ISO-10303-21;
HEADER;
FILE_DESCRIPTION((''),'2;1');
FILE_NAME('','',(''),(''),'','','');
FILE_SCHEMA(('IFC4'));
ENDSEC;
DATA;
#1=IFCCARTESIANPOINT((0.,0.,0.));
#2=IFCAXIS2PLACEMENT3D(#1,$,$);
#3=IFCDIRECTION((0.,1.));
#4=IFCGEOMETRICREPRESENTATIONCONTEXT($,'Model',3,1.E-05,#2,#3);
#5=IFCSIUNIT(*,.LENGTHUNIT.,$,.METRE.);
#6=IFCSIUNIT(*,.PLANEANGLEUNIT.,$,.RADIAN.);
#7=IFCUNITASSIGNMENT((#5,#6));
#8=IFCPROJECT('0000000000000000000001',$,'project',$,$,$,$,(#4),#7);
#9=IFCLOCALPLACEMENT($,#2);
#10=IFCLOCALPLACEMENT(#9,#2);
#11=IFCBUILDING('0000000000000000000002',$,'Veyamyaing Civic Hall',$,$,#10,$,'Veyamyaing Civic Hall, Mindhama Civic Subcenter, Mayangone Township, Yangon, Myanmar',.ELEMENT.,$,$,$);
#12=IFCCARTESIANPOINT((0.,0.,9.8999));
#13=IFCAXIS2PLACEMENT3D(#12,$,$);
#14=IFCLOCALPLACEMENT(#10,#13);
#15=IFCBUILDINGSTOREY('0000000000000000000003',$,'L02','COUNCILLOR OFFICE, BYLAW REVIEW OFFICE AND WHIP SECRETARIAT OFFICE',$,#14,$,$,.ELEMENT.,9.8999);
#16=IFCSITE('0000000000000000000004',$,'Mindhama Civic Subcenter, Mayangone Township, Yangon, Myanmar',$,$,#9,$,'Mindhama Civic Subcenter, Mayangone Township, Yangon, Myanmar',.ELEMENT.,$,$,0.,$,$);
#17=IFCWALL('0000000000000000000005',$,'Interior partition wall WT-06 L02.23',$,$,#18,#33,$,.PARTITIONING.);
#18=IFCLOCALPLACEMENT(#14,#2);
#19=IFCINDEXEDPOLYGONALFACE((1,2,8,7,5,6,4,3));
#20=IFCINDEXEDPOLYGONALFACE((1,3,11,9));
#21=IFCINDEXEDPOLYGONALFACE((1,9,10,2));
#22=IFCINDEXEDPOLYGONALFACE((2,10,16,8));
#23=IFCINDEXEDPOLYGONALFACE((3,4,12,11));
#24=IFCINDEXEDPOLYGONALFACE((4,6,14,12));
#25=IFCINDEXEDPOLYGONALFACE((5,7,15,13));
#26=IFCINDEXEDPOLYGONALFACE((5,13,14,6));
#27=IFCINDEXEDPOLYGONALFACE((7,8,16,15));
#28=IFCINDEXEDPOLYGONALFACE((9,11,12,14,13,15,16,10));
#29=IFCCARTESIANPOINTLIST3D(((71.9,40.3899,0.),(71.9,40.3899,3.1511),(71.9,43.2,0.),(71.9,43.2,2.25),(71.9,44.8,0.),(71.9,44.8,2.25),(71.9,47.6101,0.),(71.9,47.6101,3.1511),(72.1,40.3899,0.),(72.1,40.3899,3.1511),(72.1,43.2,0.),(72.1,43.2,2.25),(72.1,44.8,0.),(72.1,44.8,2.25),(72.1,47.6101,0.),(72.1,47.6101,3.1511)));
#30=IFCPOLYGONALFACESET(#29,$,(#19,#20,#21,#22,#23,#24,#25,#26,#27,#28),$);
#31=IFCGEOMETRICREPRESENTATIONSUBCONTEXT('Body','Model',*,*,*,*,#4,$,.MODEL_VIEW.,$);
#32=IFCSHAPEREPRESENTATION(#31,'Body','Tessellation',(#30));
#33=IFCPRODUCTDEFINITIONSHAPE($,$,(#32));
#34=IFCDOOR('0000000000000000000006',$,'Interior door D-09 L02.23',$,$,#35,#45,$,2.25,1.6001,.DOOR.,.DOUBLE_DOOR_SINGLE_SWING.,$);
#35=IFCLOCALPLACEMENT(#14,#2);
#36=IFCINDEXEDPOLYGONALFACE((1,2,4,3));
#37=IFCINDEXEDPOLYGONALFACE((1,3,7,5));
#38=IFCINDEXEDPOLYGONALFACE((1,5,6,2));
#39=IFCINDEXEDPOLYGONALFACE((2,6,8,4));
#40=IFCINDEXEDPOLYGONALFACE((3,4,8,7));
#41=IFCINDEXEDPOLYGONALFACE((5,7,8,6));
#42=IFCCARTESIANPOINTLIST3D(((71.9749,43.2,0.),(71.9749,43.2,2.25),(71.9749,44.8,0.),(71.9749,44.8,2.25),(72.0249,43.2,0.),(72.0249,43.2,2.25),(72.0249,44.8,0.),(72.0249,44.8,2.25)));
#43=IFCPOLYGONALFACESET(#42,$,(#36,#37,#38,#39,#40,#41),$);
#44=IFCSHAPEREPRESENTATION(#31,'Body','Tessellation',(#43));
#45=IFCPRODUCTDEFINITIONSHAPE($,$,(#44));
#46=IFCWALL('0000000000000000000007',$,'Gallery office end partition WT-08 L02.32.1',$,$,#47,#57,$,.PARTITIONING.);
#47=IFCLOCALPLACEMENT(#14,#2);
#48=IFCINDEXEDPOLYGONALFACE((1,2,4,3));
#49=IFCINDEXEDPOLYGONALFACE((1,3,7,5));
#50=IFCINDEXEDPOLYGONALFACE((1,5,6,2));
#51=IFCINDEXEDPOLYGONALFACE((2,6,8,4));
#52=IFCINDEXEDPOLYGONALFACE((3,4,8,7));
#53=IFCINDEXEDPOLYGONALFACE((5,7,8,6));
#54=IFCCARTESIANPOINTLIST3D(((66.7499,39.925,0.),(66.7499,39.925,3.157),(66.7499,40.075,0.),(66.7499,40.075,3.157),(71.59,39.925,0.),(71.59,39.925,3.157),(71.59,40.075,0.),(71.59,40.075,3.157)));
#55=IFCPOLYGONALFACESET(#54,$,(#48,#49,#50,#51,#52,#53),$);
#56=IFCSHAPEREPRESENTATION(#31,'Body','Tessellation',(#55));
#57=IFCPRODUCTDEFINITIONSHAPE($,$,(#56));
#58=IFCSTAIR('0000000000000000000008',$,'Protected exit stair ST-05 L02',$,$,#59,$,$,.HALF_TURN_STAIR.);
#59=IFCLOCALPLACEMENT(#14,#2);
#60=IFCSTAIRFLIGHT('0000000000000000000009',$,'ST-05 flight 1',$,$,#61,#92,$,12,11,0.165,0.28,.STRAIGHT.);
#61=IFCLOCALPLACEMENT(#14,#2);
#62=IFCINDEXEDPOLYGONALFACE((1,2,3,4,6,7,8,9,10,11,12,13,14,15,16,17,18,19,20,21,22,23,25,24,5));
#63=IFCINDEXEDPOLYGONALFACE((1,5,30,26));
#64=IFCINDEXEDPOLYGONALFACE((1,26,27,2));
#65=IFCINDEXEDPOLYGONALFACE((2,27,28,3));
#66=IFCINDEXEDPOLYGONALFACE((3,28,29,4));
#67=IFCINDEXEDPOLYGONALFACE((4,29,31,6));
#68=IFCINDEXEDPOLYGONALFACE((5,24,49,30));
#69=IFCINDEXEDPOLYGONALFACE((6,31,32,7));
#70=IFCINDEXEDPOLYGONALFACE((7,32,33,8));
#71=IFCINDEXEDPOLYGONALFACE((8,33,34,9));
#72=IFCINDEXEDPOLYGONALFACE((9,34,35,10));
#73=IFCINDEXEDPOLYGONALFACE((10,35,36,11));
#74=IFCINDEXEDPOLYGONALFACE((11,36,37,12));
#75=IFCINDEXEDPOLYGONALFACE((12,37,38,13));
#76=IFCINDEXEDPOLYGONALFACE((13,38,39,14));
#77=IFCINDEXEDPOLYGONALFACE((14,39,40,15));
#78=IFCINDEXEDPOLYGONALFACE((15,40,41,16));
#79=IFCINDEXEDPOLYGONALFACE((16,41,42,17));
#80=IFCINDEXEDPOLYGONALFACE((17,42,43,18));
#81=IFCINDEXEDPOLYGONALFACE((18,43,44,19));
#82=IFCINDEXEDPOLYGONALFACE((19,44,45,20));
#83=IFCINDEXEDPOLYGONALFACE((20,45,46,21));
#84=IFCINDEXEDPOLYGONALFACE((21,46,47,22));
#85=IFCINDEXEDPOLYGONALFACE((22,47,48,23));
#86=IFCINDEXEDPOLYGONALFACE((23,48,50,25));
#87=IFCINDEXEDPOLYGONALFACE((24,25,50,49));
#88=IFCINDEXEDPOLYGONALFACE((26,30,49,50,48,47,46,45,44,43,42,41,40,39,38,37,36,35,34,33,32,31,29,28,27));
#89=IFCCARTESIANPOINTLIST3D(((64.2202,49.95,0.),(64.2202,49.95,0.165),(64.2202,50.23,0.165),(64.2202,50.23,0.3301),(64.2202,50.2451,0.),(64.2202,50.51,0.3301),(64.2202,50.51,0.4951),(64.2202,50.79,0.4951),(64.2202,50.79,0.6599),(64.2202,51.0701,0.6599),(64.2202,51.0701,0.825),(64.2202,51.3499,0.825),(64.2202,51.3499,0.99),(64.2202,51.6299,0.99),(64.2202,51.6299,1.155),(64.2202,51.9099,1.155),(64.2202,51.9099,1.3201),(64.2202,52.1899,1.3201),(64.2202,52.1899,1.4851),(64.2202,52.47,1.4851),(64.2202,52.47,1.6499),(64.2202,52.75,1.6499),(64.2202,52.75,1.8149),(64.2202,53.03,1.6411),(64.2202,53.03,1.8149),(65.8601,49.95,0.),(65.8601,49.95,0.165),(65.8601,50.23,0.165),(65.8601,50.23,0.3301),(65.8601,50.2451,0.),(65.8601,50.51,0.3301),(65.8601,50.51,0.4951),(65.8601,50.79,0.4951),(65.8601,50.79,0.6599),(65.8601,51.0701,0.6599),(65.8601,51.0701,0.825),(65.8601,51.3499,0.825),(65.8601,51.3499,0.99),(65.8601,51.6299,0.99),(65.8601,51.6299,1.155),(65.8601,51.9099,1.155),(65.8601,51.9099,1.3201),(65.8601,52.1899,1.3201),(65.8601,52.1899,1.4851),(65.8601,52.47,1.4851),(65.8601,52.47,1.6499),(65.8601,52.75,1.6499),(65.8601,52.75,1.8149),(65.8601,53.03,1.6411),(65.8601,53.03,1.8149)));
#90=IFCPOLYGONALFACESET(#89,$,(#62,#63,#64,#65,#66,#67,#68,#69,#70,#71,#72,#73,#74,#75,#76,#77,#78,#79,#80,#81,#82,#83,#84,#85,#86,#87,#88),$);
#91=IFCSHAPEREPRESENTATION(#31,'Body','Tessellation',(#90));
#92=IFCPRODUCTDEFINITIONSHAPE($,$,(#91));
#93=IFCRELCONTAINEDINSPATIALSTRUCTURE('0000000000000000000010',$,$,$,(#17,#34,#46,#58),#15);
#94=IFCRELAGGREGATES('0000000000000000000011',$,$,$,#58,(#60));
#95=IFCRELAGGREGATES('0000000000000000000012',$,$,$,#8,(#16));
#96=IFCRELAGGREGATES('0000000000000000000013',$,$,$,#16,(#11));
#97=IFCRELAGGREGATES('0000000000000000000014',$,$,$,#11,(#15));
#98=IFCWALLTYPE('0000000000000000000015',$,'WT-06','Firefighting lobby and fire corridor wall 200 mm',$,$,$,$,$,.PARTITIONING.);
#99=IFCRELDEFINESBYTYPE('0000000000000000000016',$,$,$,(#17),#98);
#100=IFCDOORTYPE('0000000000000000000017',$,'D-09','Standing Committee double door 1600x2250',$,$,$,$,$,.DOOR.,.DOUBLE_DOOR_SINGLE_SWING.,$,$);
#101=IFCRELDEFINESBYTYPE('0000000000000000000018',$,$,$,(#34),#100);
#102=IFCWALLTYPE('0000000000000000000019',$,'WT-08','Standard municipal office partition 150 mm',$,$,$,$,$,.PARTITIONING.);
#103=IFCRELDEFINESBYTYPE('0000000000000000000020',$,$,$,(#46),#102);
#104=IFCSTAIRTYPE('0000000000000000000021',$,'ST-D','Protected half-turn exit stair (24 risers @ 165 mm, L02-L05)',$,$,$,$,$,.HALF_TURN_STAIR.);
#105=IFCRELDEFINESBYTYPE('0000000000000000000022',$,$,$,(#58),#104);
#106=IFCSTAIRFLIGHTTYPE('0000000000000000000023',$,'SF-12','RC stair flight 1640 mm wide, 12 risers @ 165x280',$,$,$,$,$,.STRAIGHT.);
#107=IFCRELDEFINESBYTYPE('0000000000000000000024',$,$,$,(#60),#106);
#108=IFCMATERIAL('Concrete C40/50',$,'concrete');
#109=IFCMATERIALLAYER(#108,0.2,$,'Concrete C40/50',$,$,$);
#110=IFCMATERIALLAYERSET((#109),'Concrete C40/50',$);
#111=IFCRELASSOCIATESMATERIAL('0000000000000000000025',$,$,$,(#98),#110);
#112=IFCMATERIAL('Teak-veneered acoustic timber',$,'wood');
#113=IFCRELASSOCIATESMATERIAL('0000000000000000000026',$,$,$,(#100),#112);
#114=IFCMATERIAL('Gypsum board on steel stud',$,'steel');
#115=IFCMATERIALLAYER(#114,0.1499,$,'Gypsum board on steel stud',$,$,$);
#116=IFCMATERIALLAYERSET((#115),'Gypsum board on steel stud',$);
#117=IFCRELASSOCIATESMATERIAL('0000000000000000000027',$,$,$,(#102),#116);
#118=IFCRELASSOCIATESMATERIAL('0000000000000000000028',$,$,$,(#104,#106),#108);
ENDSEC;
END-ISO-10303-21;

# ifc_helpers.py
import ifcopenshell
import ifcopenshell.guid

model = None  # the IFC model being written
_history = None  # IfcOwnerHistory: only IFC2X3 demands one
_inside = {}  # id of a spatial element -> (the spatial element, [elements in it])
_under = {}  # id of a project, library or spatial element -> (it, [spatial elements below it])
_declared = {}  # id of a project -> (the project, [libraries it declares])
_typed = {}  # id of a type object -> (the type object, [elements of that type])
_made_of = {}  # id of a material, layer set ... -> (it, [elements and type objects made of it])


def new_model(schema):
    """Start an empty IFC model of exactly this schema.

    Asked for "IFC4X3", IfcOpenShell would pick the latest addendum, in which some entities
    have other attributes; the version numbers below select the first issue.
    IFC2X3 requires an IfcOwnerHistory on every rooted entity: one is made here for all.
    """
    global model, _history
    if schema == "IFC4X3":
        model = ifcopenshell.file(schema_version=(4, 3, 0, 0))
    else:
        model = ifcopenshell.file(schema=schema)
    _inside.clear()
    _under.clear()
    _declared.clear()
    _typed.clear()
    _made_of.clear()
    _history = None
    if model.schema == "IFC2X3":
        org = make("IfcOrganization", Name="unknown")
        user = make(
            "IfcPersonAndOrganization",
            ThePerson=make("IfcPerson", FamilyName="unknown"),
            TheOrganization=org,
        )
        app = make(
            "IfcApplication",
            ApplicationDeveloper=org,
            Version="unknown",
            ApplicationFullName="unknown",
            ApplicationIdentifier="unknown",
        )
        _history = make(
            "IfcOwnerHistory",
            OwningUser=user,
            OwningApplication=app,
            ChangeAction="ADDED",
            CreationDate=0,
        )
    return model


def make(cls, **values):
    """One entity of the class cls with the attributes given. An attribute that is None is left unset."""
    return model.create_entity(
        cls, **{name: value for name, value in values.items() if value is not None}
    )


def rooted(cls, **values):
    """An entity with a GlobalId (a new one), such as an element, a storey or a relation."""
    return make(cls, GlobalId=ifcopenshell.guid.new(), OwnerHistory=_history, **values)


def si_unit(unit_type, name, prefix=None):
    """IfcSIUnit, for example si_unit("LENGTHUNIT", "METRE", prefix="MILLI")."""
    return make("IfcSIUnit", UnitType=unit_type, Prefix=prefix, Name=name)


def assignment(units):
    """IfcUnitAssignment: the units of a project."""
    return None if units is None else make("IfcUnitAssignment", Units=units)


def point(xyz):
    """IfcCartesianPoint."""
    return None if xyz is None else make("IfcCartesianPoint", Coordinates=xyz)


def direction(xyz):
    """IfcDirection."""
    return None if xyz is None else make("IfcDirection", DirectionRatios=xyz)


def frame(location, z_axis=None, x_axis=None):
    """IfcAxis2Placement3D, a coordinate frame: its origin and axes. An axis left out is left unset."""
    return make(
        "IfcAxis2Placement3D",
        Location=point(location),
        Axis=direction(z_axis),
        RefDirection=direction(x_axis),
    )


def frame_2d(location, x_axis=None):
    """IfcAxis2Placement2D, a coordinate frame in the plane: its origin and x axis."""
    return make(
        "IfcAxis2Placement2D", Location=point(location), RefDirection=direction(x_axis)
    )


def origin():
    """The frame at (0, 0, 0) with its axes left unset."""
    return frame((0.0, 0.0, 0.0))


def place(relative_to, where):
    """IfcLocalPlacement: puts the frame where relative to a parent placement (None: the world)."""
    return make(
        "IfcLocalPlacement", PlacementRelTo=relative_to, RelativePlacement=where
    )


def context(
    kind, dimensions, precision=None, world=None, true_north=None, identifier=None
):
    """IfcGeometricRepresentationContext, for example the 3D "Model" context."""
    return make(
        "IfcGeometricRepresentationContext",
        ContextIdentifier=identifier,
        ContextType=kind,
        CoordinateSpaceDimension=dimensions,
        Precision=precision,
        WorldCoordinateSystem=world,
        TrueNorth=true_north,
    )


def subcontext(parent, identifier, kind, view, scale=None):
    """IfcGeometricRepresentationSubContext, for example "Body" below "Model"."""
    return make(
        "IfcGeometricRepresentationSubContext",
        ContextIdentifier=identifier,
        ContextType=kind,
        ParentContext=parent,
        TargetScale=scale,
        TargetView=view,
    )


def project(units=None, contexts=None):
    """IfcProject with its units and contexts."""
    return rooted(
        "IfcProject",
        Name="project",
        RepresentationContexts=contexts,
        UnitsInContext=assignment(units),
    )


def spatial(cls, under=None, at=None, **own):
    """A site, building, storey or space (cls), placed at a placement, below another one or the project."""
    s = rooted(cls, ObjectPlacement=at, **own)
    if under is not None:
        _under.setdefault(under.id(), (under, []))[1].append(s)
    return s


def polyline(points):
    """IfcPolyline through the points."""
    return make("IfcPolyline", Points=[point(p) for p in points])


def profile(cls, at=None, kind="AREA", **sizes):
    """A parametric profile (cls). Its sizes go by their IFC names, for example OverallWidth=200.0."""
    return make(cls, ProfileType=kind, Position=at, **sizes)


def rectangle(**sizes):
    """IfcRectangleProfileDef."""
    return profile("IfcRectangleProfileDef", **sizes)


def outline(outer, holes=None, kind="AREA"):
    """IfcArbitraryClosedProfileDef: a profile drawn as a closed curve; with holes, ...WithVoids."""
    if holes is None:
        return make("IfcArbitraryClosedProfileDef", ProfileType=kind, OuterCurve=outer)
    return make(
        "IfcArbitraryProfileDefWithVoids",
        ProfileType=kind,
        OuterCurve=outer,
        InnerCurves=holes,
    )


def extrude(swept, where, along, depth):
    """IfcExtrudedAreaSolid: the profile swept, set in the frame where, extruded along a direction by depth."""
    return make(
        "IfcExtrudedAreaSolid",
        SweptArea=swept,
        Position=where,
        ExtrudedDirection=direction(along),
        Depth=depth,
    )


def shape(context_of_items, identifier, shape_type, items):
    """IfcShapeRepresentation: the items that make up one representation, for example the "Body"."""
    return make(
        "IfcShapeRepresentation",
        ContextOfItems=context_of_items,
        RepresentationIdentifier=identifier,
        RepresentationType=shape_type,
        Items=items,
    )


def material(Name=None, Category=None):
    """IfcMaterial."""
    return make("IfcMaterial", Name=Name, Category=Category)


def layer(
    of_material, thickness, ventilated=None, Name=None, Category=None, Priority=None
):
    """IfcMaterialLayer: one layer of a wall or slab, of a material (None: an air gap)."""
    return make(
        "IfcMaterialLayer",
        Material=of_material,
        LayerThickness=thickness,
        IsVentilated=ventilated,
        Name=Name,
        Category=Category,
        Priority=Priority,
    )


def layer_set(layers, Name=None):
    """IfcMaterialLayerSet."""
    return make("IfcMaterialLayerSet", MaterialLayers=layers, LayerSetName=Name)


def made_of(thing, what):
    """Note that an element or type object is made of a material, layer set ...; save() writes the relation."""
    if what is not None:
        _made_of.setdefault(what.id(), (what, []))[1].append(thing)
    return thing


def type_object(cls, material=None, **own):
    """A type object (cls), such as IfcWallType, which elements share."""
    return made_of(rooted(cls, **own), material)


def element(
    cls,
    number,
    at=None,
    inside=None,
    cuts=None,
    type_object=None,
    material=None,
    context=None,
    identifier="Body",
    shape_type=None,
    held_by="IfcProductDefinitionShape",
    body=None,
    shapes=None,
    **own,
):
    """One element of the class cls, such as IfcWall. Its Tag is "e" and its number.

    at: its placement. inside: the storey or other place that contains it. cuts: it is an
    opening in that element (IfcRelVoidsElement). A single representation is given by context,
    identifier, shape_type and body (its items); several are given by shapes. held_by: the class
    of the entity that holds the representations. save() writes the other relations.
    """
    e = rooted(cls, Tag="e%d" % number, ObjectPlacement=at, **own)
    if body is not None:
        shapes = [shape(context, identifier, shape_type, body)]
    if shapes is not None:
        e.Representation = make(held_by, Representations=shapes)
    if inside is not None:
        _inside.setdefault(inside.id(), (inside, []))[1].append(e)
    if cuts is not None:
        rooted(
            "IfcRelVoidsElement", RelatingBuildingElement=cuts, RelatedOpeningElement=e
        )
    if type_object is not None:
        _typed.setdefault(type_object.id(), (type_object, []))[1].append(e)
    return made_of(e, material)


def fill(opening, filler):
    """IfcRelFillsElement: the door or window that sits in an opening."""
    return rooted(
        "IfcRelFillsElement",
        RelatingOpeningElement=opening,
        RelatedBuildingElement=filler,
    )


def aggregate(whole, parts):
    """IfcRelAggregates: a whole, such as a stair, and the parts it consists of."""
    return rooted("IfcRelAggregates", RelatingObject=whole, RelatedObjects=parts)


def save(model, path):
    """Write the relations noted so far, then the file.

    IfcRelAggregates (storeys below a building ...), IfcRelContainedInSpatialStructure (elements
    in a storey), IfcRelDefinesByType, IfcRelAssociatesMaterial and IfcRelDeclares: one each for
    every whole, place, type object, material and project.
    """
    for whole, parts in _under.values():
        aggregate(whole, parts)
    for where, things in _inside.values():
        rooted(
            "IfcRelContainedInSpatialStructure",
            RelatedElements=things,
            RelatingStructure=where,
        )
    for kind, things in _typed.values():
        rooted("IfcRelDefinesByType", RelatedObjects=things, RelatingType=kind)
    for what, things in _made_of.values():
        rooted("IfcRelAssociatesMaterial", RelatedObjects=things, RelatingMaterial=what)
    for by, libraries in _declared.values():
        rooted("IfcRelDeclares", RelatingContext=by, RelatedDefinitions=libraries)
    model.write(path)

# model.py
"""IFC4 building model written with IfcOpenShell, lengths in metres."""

from ifc_helpers import new_model, si_unit, direction, frame, frame_2d, origin, place, context, subcontext, project, spatial, polyline, rectangle, outline, extrude, material, layer, layer_set, type_object, element, fill, aggregate, save


model = new_model("IFC4")

# Units and contexts
model_context = context("Model", 3, precision=1e-05, world=origin(), true_north=direction((0.0, 1.0)))
body_context = subcontext(model_context, "Body", "Model", "MODEL_VIEW")
ifc_project = project(units=[si_unit("LENGTHUNIT", "METRE"), si_unit("PLANEANGLEUNIT", "RADIAN")], contexts=[model_context])

# Site, building, storey
site_placement = place(None, origin())
site = spatial("IfcSite", under=ifc_project, at=site_placement, Name="Mindhama Civic Subcenter, Mayangone Township, Yangon, Myanmar", LongName="Mindhama Civic Subcenter, Mayangone Township, Yangon, Myanmar", CompositionType="ELEMENT", RefElevation=0.0)
building_placement = place(site_placement, origin())
building = spatial("IfcBuilding", under=site, at=building_placement, Name="Veyamyaing Civic Hall", LongName="Veyamyaing Civic Hall, Mindhama Civic Subcenter, Mayangone Township, Yangon, Myanmar", CompositionType="ELEMENT")
storey_placement = place(building_placement, frame((0.0, 0.0, 9.8999)))
storey = spatial("IfcBuildingStorey", under=building, at=storey_placement, Name="L02", Description="COUNCILLOR OFFICE, BYLAW REVIEW OFFICE AND WHIP SECRETARIAT OFFICE", CompositionType="ELEMENT", Elevation=9.8999)

# Shared definitions
ifc_material_1 = material(Name="Concrete C40/50", Category="concrete")

# Wall, opening, door
ifc_layer_1 = layer(ifc_material_1, 0.2, Name="Concrete C40/50")
ifc_layer_set_1 = layer_set([ifc_layer_1], Name="Concrete C40/50")
wall_type_1 = type_object("IfcWallType", Name="WT-06", Description="Firefighting lobby and fire corridor wall 200 mm", PredefinedType="PARTITIONING", material=ifc_layer_set_1)
wall_1_placement = place(storey_placement, frame((72.0, 40.3899, 0.0), z_axis=(0.0, 0.0, 1.0), x_axis=(0.0, 1.0, 0.0)))
wall_1 = element("IfcWall", 1, at=wall_1_placement, inside=storey, type_object=wall_type_1, Name="Interior partition wall WT-06 L02.23", PredefinedType="PARTITIONING", context=body_context, shape_type="SweptSolid", body=[
    extrude(rectangle(XDim=7.2202, YDim=0.2, at=frame_2d((3.6101, 0.0))), origin(), (0.0, 0.0, 1.0), 3.1511),
])
opening_1_placement = place(wall_1_placement, frame((2.8101, 0.0, 0.0)))
opening_1 = element("IfcOpeningElement", 2, at=opening_1_placement, cuts=wall_1, PredefinedType="OPENING", context=body_context, shape_type="SweptSolid", body=[
    extrude(rectangle(XDim=1.6001, YDim=2.25, at=frame_2d((0.8, 1.125))), frame((0.0, 0.1099, 0.0), z_axis=(0.0, -1.0, 0.0), x_axis=(1.0, 0.0, 0.0)), (0.0, 0.0, 1.0), 0.22),
])
ifc_material_2 = material(Name="Teak-veneered acoustic timber", Category="wood")
door_type_1 = type_object("IfcDoorType", Name="D-09", Description="Standing Committee double door 1600x2250", OperationType="DOUBLE_DOOR_SINGLE_SWING", PredefinedType="DOOR", material=ifc_material_2)
door_1_placement = place(opening_1_placement, frame((1.6001, 0.0, 0.0), z_axis=(0.0, 0.0, 1.0), x_axis=(-1.0, 0.0, 0.0)))
door_1 = element("IfcDoor", 3, at=door_1_placement, inside=storey, type_object=door_type_1, Name="Interior door D-09 L02.23", OperationType="DOUBLE_DOOR_SINGLE_SWING", OverallHeight=2.25, OverallWidth=1.6001, PredefinedType="DOOR", context=body_context, shape_type="SweptSolid", body=[
    extrude(rectangle(XDim=1.6001, YDim=2.25, at=frame_2d((0.8, 1.125))), frame((0.0, 0.0249, 0.0), z_axis=(0.0, -1.0, 0.0), x_axis=(1.0, 0.0, 0.0)), (0.0, 0.0, 1.0), 0.05),
])
fill(opening_1, door_1)

# Wall
ifc_material_3 = material(Name="Gypsum board on steel stud", Category="steel")
ifc_layer_2 = layer(ifc_material_3, 0.1499, Name="Gypsum board on steel stud")
ifc_layer_set_2 = layer_set([ifc_layer_2], Name="Gypsum board on steel stud")
wall_type_2 = type_object("IfcWallType", Name="WT-08", Description="Standard municipal office partition 150 mm", PredefinedType="PARTITIONING", material=ifc_layer_set_2)
wall_2_placement = place(storey_placement, frame((66.75, 40.0, 0.0), z_axis=(0.0, 0.0, 1.0), x_axis=(1.0, 0.0, 0.0)))
element("IfcWall", 4, at=wall_2_placement, inside=storey, type_object=wall_type_2, Name="Gallery office end partition WT-08 L02.32.1", PredefinedType="PARTITIONING", context=body_context, shape_type="SweptSolid", body=[
    extrude(rectangle(XDim=4.8401, YDim=0.1499, at=frame_2d((2.4199, 0.0))), origin(), (0.0, 0.0, 1.0), 3.157),
])

# Stair, stair flight
stair_type = type_object("IfcStairType", Name="ST-D", Description="Protected half-turn exit stair (24 risers @ 165 mm, L02-L05)", PredefinedType="HALF_TURN_STAIR", material=ifc_material_1)
stair_placement = place(storey_placement, origin())
stair = element("IfcStair", 5, at=stair_placement, inside=storey, type_object=stair_type, Name="Protected exit stair ST-05 L02", PredefinedType="HALF_TURN_STAIR")
stair_flight_type = type_object("IfcStairFlightType", Name="SF-12", Description="RC stair flight 1640 mm wide, 12 risers @ 165x280", PredefinedType="STRAIGHT", material=ifc_material_1)
stair_flight_placement = place(storey_placement, frame((65.04, 49.95, 0.0), z_axis=(0.0, 0.0, 1.0), x_axis=(0.0, 1.0, 0.0)))
stair_flight = element("IfcStairFlight", 6, at=stair_flight_placement, type_object=stair_flight_type, Name="ST-05 flight 1", NumberOfRisers=12, NumberOfTreads=11, PredefinedType="STRAIGHT", RiserHeight=0.165, TreadLength=0.28, context=body_context, shape_type="SweptSolid", body=[
    extrude(outline(polyline([(0.0, 0.0), (0.0, 0.165), (0.28, 0.165), (0.28, 0.3301), (0.5601, 0.3301), (0.5601, 0.4951), (0.8401, 0.4951), (0.8401, 0.6599), (1.1201, 0.6599), (1.1201, 0.825), (1.3999, 0.825), (1.3999, 0.99), (1.6799, 0.99), (1.6799, 1.155), (1.96, 1.155), (1.96, 1.3201), (2.24, 1.3201), (2.24, 1.4851), (2.52, 1.4851), (2.52, 1.6499), (2.8, 1.6499), (2.8, 1.8149), (3.0801, 1.8149), (3.0801, 1.98), (3.0801, 1.6411), (0.2952, 0.0), (0.0, 0.0)])), frame((0.0, 0.8198, 0.0), z_axis=(0.0, -1.0, 0.0), x_axis=(1.0, 0.0, 0.0)), (0.0, 0.0, 1.0), 1.6399),
])
aggregate(stair, [stair_flight])

save(model, "model.ifc")
